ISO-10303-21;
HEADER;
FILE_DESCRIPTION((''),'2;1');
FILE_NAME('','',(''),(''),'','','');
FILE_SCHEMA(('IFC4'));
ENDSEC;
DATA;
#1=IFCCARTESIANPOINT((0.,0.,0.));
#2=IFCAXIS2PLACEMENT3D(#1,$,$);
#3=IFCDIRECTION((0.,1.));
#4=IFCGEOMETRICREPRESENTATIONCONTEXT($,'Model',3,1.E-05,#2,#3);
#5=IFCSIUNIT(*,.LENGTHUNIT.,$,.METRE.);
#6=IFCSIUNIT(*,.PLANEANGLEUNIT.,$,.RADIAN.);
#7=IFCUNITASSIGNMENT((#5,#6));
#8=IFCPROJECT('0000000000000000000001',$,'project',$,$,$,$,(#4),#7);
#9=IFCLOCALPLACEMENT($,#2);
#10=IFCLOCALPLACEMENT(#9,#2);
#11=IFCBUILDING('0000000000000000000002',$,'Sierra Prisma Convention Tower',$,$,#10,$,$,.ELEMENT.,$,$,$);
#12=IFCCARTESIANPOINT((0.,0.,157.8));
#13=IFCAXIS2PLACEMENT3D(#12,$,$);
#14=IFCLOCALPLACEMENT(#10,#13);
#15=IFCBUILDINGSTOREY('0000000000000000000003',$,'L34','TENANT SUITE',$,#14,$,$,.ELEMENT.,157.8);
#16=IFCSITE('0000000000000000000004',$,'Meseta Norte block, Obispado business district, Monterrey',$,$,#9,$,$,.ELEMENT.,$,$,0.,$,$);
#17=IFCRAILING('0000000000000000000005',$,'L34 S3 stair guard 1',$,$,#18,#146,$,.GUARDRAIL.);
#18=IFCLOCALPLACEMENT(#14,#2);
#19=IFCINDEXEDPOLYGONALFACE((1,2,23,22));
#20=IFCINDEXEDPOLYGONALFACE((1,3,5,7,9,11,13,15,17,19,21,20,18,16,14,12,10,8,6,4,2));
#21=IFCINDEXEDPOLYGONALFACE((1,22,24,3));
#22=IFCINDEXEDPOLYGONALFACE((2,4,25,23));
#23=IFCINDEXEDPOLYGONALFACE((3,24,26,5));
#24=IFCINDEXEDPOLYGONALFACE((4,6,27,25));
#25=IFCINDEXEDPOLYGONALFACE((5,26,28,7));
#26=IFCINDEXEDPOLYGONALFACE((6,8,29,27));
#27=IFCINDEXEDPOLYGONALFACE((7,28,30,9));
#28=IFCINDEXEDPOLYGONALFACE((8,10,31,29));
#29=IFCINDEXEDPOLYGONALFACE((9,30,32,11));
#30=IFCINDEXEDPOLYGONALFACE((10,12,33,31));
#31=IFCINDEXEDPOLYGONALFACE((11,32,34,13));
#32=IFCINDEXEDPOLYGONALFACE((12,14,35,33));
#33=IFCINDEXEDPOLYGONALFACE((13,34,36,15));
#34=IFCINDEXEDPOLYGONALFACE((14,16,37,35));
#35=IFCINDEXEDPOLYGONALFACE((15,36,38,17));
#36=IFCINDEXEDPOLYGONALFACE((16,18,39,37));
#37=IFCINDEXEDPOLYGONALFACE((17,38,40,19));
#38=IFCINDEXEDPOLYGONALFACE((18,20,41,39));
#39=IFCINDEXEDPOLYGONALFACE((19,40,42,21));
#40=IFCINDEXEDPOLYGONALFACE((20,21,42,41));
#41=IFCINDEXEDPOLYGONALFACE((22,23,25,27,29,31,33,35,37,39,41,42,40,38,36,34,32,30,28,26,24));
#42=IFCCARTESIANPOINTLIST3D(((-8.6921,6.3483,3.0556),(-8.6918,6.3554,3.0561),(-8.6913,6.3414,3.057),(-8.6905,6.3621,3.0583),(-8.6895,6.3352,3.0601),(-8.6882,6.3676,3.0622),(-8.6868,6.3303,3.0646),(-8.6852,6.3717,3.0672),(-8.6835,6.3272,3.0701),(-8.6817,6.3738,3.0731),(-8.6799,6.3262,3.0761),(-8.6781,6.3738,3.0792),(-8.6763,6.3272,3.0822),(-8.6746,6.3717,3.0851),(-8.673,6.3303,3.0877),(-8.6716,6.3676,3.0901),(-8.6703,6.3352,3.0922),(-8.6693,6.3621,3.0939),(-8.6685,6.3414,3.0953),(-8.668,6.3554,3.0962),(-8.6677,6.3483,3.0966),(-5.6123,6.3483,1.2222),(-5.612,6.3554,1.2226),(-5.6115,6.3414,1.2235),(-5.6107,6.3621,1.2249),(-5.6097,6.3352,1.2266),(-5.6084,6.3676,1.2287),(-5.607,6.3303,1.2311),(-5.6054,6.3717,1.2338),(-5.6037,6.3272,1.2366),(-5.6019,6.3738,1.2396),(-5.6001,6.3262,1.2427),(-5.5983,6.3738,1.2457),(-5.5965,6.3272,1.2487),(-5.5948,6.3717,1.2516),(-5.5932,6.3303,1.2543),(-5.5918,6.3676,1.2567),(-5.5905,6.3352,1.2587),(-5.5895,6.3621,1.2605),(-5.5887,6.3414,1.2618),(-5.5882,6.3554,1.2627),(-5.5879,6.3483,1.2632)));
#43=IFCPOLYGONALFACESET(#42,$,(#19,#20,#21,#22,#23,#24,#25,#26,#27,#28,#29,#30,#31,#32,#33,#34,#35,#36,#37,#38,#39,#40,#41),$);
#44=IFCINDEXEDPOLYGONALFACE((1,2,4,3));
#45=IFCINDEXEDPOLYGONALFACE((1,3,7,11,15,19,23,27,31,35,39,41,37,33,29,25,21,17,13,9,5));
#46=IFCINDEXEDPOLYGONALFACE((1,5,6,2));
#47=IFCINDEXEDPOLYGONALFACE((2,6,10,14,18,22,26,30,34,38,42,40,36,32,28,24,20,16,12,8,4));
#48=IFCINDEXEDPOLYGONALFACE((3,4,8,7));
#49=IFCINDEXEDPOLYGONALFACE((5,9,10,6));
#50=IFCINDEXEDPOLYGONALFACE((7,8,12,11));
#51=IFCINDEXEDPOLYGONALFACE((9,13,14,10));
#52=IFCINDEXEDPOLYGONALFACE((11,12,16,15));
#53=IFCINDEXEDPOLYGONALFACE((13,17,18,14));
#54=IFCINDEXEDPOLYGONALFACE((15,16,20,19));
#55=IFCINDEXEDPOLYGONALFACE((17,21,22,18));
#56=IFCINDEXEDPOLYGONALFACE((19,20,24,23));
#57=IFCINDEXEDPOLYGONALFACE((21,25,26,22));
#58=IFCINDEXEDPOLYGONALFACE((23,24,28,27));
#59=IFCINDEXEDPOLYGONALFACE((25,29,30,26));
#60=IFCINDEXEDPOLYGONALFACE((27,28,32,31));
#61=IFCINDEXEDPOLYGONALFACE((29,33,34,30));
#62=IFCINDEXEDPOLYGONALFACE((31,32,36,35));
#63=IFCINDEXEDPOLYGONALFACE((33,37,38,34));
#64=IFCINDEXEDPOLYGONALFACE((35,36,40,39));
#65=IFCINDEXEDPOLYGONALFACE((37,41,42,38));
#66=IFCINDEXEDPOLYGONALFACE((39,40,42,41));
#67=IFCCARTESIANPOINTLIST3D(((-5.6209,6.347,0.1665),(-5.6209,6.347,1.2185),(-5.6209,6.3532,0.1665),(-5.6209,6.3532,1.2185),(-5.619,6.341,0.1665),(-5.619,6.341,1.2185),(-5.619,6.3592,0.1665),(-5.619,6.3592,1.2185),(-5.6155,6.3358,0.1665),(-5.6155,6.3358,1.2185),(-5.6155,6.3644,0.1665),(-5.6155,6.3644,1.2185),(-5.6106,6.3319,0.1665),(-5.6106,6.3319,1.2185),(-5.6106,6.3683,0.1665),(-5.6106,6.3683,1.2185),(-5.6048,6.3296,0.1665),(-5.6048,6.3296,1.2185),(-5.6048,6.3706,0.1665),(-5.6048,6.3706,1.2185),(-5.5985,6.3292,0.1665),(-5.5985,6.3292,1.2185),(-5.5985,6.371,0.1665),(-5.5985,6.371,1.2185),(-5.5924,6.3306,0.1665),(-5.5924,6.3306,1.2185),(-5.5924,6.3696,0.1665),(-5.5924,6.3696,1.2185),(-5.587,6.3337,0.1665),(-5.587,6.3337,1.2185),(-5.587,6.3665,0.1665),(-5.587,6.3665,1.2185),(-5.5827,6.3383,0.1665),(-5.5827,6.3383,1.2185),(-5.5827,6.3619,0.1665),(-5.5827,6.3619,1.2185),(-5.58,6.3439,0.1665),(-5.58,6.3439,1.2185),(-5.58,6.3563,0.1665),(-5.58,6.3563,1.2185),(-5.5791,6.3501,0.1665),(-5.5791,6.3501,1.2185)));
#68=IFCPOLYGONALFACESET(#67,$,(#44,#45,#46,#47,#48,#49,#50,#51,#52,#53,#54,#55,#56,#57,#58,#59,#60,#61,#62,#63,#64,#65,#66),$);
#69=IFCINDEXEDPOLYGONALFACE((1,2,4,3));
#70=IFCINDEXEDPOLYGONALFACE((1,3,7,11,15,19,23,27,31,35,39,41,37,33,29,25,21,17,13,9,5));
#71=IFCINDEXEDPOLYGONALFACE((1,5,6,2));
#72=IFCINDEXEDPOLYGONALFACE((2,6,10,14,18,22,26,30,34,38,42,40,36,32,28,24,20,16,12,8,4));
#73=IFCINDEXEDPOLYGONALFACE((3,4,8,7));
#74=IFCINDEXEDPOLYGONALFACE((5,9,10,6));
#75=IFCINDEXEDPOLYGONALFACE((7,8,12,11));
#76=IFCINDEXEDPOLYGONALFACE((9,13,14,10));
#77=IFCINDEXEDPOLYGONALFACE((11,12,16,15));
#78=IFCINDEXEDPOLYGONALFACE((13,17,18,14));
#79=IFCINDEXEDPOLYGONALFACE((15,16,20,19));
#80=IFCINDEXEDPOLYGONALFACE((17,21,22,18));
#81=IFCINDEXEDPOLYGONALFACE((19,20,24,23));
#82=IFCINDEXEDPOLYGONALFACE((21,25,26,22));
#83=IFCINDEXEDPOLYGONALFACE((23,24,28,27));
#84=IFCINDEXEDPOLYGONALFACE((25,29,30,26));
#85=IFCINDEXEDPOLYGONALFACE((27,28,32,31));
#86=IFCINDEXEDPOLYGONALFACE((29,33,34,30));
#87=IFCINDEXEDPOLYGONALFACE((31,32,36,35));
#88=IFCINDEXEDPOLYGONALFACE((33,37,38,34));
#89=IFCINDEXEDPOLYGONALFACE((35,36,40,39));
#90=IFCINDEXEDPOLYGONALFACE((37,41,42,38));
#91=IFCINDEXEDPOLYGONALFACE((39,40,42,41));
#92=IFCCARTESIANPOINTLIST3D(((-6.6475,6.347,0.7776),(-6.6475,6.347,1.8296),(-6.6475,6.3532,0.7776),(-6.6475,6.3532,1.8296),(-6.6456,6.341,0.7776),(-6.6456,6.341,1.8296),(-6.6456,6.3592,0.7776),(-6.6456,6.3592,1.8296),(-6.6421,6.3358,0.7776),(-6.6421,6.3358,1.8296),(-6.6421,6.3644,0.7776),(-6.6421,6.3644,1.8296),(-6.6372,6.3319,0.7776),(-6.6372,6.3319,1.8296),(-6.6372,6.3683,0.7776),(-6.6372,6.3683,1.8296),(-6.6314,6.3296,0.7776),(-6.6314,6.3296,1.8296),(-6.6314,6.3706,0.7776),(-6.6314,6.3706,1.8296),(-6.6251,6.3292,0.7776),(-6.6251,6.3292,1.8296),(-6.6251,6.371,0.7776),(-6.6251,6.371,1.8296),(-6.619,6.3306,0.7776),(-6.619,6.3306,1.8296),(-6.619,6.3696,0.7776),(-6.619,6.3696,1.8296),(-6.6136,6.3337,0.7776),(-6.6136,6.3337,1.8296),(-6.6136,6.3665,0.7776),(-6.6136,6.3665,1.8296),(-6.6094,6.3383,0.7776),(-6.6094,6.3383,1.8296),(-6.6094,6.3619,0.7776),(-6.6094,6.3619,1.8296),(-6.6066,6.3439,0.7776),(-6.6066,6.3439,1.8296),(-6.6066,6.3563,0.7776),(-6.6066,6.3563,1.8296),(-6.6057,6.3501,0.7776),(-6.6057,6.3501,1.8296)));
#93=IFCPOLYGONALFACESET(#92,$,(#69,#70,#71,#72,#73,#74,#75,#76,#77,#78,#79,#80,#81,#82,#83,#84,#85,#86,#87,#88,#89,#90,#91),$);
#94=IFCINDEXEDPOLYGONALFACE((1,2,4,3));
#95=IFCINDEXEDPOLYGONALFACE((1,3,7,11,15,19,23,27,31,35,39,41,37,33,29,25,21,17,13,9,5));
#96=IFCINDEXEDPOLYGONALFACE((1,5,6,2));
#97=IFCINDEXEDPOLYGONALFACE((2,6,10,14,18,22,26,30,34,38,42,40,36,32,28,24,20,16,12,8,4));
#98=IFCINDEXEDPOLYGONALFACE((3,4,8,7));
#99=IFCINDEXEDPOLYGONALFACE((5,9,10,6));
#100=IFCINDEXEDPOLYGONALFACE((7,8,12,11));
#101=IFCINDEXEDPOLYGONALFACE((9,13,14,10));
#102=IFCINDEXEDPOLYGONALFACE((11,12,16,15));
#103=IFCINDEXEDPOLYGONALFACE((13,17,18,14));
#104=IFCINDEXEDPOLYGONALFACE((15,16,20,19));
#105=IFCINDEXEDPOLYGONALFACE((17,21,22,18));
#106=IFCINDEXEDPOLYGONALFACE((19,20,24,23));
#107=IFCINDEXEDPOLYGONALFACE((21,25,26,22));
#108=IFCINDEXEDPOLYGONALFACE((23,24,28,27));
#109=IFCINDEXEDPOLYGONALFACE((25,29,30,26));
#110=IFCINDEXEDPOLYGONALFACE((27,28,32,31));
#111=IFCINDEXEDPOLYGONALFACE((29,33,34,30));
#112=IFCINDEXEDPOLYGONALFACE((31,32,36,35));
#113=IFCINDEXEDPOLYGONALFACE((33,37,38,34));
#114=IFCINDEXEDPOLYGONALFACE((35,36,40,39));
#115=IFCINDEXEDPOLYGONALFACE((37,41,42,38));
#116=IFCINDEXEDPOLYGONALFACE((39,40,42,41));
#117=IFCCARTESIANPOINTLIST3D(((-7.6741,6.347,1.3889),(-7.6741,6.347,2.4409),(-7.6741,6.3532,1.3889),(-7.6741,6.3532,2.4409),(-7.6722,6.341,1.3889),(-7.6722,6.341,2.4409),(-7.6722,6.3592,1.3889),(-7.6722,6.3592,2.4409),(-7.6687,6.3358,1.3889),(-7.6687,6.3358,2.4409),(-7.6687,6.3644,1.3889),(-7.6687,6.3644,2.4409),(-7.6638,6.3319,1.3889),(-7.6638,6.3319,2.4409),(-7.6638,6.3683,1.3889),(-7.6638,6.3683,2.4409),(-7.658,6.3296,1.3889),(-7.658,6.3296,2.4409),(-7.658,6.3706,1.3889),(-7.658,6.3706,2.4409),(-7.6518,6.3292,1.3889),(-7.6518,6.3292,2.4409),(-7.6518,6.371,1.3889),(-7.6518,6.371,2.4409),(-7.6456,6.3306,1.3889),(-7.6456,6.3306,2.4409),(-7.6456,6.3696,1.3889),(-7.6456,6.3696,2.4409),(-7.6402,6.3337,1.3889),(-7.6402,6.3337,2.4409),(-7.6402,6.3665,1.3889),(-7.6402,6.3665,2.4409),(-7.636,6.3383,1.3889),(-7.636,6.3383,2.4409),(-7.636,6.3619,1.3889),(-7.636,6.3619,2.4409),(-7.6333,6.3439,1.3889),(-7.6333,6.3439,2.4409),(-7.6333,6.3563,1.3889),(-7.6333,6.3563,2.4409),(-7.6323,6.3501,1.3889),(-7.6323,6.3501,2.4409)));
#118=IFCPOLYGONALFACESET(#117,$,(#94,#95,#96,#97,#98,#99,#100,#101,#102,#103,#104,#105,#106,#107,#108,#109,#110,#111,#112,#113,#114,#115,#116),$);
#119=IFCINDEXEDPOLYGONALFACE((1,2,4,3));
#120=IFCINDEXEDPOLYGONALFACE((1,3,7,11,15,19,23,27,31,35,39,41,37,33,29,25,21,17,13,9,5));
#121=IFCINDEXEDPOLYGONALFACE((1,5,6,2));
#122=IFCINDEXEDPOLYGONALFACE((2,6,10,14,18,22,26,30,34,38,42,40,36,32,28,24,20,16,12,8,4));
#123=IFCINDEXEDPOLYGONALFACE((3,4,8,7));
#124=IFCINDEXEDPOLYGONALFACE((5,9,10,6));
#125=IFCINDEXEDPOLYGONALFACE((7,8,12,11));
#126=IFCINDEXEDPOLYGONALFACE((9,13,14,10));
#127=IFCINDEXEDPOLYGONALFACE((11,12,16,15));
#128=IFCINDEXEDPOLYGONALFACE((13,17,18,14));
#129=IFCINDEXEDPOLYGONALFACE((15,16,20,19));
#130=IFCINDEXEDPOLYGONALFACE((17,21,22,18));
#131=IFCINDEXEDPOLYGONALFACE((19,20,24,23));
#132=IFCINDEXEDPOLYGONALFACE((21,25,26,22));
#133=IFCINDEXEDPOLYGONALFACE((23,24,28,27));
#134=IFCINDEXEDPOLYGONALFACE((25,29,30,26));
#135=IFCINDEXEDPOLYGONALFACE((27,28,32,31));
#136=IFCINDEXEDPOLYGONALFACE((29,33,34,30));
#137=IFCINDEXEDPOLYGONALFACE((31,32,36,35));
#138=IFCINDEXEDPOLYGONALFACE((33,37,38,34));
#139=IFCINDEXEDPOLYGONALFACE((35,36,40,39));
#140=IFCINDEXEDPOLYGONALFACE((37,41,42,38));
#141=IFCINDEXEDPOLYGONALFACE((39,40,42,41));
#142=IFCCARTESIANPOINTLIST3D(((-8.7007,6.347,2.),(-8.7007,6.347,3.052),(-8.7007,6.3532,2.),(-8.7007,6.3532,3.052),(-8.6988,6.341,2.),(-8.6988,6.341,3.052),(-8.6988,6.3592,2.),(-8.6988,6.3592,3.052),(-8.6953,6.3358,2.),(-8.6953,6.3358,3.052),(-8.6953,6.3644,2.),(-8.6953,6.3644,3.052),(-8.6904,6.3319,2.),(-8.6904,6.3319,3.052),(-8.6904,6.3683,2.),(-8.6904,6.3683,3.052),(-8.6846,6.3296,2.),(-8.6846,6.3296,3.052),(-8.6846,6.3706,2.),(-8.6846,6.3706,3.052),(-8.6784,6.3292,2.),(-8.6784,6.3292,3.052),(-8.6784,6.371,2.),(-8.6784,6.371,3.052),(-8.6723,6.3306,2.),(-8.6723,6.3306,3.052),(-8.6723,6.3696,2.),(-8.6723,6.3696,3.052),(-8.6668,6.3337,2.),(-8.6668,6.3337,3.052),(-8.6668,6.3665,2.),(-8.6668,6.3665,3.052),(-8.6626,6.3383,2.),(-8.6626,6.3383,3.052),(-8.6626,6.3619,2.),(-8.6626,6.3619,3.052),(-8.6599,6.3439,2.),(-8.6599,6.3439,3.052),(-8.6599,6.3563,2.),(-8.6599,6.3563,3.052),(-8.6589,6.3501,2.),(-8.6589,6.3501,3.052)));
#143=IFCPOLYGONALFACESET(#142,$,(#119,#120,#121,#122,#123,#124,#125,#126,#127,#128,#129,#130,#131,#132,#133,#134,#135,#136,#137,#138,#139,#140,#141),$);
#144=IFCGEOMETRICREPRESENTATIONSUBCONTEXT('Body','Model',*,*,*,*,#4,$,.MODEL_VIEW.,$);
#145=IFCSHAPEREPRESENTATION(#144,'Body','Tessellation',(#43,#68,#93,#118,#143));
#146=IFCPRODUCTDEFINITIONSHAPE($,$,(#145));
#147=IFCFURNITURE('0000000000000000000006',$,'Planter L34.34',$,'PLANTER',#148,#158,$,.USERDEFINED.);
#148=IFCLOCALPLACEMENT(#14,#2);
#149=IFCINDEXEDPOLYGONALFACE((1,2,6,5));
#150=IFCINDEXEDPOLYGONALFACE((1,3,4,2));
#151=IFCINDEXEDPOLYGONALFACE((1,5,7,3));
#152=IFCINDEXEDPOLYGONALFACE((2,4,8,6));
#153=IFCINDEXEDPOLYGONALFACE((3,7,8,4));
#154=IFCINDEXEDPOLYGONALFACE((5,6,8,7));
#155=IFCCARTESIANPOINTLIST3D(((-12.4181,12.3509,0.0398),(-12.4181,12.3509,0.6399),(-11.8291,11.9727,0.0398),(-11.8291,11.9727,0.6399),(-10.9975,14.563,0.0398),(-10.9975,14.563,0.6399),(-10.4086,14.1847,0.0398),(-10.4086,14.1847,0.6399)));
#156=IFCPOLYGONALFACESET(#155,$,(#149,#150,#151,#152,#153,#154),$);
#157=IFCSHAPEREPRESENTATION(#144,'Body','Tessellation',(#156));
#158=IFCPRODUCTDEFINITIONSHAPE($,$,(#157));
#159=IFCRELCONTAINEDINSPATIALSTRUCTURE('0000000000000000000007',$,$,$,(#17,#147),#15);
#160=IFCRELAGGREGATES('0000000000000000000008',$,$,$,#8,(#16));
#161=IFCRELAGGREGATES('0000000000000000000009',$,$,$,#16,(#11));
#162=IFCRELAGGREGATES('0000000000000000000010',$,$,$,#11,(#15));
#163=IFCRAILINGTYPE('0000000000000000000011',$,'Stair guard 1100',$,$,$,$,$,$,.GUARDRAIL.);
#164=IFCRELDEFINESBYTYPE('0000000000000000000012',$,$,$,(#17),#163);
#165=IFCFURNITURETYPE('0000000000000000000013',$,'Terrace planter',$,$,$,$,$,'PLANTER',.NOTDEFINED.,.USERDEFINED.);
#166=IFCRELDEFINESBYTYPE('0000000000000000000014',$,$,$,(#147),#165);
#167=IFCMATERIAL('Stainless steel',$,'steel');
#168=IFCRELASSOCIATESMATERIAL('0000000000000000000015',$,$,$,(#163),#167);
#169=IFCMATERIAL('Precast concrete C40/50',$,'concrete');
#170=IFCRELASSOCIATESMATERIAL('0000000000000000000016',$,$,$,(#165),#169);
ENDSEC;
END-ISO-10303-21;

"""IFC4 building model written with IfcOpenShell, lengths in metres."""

from ifc_helpers import new_model, si_unit, direction, frame, origin, origin_2d, place, context, subcontext, project, spatial, rectangle, circle, extrude, material, type_object, element, save


model = new_model("IFC4")

# Units and contexts
model_context = context("Model", 3, precision=1e-05, world=origin(), true_north=direction((0.0, 1.0)))
body_context = subcontext(model_context, "Body", "Model", "MODEL_VIEW")
ifc_project = project(units=[si_unit("LENGTHUNIT", "METRE"), si_unit("PLANEANGLEUNIT", "RADIAN")], contexts=[model_context])

# Site, building, storey
site_placement = place(None, origin())
site = spatial("IfcSite", under=ifc_project, at=site_placement, Name="Meseta Norte block, Obispado business district, Monterrey", CompositionType="ELEMENT", RefElevation=0.0)
building_placement = place(site_placement, origin())
building = spatial("IfcBuilding", under=site, at=building_placement, Name="Sierra Prisma Convention Tower", CompositionType="ELEMENT")
storey_placement = place(building_placement, frame((0.0, 0.0, 157.8)))
storey = spatial("IfcBuildingStorey", under=building, at=storey_placement, Name="L34", Description="TENANT SUITE", CompositionType="ELEMENT", Elevation=157.8)

# Railing
ifc_material_1 = material(Name="Stainless steel", Category="steel")
railing_type_1 = type_object("IfcRailingType", Name="Stair guard 1100", PredefinedType="GUARDRAIL", material=ifc_material_1)
railing_1_placement = place(storey_placement, frame((-5.6001, 6.3501, 0.1665)))
element("IfcRailing", 1, at=railing_1_placement, inside=storey, type_object=railing_type_1, Name="L34 S3 stair guard 1", PredefinedType="GUARDRAIL", context=body_context, shape_type="SweptSolid", body=[
    extrude(circle(Radius=0.0239, at=origin_2d()), frame((0.0, 0.0, 1.0762), z_axis=(-0.859261, 0.0, 0.511538), x_axis=(0.0, -1.0, 0.0)), (0.0, 0.0, 1.0), 3.5842),
    extrude(circle(Radius=0.021, at=origin_2d()), origin(), (0.0, 0.0, 1.0), 1.052),
    extrude(circle(Radius=0.021, at=origin_2d()), frame((-1.0266, 0.0, 0.6111)), (0.0, 0.0, 1.0), 1.052),
    extrude(circle(Radius=0.021, at=origin_2d()), frame((-2.0532, 0.0, 1.2224)), (0.0, 0.0, 1.0), 1.052),
    extrude(circle(Radius=0.021, at=origin_2d()), frame((-3.0798, 0.0, 1.8335)), (0.0, 0.0, 1.0), 1.052),
])

# Furniture
ifc_material_2 = material(Name="Precast concrete C40/50", Category="concrete")
furniture_type = type_object("IfcFurnitureType", Name="Terrace planter", ElementType="PLANTER", AssemblyPlace="NOTDEFINED", PredefinedType="USERDEFINED", material=ifc_material_2)
furniture_placement = place(storey_placement, frame((-11.4133, 13.2678, 0.0398), z_axis=(0.0, 0.0, 1.0), x_axis=(-0.540365, -0.841431, 0.0)))
element("IfcFurniture", 2, at=furniture_placement, inside=storey, type_object=furniture_type, Name="Planter L34.34", ObjectType="PLANTER", PredefinedType="USERDEFINED", context=body_context, shape_type="SweptSolid", body=[
    extrude(rectangle(XDim=2.6289, YDim=0.7, at=origin_2d()), origin(), (0.0, 0.0, 1.0), 0.6001),
])

save(model, "model.ifc")
